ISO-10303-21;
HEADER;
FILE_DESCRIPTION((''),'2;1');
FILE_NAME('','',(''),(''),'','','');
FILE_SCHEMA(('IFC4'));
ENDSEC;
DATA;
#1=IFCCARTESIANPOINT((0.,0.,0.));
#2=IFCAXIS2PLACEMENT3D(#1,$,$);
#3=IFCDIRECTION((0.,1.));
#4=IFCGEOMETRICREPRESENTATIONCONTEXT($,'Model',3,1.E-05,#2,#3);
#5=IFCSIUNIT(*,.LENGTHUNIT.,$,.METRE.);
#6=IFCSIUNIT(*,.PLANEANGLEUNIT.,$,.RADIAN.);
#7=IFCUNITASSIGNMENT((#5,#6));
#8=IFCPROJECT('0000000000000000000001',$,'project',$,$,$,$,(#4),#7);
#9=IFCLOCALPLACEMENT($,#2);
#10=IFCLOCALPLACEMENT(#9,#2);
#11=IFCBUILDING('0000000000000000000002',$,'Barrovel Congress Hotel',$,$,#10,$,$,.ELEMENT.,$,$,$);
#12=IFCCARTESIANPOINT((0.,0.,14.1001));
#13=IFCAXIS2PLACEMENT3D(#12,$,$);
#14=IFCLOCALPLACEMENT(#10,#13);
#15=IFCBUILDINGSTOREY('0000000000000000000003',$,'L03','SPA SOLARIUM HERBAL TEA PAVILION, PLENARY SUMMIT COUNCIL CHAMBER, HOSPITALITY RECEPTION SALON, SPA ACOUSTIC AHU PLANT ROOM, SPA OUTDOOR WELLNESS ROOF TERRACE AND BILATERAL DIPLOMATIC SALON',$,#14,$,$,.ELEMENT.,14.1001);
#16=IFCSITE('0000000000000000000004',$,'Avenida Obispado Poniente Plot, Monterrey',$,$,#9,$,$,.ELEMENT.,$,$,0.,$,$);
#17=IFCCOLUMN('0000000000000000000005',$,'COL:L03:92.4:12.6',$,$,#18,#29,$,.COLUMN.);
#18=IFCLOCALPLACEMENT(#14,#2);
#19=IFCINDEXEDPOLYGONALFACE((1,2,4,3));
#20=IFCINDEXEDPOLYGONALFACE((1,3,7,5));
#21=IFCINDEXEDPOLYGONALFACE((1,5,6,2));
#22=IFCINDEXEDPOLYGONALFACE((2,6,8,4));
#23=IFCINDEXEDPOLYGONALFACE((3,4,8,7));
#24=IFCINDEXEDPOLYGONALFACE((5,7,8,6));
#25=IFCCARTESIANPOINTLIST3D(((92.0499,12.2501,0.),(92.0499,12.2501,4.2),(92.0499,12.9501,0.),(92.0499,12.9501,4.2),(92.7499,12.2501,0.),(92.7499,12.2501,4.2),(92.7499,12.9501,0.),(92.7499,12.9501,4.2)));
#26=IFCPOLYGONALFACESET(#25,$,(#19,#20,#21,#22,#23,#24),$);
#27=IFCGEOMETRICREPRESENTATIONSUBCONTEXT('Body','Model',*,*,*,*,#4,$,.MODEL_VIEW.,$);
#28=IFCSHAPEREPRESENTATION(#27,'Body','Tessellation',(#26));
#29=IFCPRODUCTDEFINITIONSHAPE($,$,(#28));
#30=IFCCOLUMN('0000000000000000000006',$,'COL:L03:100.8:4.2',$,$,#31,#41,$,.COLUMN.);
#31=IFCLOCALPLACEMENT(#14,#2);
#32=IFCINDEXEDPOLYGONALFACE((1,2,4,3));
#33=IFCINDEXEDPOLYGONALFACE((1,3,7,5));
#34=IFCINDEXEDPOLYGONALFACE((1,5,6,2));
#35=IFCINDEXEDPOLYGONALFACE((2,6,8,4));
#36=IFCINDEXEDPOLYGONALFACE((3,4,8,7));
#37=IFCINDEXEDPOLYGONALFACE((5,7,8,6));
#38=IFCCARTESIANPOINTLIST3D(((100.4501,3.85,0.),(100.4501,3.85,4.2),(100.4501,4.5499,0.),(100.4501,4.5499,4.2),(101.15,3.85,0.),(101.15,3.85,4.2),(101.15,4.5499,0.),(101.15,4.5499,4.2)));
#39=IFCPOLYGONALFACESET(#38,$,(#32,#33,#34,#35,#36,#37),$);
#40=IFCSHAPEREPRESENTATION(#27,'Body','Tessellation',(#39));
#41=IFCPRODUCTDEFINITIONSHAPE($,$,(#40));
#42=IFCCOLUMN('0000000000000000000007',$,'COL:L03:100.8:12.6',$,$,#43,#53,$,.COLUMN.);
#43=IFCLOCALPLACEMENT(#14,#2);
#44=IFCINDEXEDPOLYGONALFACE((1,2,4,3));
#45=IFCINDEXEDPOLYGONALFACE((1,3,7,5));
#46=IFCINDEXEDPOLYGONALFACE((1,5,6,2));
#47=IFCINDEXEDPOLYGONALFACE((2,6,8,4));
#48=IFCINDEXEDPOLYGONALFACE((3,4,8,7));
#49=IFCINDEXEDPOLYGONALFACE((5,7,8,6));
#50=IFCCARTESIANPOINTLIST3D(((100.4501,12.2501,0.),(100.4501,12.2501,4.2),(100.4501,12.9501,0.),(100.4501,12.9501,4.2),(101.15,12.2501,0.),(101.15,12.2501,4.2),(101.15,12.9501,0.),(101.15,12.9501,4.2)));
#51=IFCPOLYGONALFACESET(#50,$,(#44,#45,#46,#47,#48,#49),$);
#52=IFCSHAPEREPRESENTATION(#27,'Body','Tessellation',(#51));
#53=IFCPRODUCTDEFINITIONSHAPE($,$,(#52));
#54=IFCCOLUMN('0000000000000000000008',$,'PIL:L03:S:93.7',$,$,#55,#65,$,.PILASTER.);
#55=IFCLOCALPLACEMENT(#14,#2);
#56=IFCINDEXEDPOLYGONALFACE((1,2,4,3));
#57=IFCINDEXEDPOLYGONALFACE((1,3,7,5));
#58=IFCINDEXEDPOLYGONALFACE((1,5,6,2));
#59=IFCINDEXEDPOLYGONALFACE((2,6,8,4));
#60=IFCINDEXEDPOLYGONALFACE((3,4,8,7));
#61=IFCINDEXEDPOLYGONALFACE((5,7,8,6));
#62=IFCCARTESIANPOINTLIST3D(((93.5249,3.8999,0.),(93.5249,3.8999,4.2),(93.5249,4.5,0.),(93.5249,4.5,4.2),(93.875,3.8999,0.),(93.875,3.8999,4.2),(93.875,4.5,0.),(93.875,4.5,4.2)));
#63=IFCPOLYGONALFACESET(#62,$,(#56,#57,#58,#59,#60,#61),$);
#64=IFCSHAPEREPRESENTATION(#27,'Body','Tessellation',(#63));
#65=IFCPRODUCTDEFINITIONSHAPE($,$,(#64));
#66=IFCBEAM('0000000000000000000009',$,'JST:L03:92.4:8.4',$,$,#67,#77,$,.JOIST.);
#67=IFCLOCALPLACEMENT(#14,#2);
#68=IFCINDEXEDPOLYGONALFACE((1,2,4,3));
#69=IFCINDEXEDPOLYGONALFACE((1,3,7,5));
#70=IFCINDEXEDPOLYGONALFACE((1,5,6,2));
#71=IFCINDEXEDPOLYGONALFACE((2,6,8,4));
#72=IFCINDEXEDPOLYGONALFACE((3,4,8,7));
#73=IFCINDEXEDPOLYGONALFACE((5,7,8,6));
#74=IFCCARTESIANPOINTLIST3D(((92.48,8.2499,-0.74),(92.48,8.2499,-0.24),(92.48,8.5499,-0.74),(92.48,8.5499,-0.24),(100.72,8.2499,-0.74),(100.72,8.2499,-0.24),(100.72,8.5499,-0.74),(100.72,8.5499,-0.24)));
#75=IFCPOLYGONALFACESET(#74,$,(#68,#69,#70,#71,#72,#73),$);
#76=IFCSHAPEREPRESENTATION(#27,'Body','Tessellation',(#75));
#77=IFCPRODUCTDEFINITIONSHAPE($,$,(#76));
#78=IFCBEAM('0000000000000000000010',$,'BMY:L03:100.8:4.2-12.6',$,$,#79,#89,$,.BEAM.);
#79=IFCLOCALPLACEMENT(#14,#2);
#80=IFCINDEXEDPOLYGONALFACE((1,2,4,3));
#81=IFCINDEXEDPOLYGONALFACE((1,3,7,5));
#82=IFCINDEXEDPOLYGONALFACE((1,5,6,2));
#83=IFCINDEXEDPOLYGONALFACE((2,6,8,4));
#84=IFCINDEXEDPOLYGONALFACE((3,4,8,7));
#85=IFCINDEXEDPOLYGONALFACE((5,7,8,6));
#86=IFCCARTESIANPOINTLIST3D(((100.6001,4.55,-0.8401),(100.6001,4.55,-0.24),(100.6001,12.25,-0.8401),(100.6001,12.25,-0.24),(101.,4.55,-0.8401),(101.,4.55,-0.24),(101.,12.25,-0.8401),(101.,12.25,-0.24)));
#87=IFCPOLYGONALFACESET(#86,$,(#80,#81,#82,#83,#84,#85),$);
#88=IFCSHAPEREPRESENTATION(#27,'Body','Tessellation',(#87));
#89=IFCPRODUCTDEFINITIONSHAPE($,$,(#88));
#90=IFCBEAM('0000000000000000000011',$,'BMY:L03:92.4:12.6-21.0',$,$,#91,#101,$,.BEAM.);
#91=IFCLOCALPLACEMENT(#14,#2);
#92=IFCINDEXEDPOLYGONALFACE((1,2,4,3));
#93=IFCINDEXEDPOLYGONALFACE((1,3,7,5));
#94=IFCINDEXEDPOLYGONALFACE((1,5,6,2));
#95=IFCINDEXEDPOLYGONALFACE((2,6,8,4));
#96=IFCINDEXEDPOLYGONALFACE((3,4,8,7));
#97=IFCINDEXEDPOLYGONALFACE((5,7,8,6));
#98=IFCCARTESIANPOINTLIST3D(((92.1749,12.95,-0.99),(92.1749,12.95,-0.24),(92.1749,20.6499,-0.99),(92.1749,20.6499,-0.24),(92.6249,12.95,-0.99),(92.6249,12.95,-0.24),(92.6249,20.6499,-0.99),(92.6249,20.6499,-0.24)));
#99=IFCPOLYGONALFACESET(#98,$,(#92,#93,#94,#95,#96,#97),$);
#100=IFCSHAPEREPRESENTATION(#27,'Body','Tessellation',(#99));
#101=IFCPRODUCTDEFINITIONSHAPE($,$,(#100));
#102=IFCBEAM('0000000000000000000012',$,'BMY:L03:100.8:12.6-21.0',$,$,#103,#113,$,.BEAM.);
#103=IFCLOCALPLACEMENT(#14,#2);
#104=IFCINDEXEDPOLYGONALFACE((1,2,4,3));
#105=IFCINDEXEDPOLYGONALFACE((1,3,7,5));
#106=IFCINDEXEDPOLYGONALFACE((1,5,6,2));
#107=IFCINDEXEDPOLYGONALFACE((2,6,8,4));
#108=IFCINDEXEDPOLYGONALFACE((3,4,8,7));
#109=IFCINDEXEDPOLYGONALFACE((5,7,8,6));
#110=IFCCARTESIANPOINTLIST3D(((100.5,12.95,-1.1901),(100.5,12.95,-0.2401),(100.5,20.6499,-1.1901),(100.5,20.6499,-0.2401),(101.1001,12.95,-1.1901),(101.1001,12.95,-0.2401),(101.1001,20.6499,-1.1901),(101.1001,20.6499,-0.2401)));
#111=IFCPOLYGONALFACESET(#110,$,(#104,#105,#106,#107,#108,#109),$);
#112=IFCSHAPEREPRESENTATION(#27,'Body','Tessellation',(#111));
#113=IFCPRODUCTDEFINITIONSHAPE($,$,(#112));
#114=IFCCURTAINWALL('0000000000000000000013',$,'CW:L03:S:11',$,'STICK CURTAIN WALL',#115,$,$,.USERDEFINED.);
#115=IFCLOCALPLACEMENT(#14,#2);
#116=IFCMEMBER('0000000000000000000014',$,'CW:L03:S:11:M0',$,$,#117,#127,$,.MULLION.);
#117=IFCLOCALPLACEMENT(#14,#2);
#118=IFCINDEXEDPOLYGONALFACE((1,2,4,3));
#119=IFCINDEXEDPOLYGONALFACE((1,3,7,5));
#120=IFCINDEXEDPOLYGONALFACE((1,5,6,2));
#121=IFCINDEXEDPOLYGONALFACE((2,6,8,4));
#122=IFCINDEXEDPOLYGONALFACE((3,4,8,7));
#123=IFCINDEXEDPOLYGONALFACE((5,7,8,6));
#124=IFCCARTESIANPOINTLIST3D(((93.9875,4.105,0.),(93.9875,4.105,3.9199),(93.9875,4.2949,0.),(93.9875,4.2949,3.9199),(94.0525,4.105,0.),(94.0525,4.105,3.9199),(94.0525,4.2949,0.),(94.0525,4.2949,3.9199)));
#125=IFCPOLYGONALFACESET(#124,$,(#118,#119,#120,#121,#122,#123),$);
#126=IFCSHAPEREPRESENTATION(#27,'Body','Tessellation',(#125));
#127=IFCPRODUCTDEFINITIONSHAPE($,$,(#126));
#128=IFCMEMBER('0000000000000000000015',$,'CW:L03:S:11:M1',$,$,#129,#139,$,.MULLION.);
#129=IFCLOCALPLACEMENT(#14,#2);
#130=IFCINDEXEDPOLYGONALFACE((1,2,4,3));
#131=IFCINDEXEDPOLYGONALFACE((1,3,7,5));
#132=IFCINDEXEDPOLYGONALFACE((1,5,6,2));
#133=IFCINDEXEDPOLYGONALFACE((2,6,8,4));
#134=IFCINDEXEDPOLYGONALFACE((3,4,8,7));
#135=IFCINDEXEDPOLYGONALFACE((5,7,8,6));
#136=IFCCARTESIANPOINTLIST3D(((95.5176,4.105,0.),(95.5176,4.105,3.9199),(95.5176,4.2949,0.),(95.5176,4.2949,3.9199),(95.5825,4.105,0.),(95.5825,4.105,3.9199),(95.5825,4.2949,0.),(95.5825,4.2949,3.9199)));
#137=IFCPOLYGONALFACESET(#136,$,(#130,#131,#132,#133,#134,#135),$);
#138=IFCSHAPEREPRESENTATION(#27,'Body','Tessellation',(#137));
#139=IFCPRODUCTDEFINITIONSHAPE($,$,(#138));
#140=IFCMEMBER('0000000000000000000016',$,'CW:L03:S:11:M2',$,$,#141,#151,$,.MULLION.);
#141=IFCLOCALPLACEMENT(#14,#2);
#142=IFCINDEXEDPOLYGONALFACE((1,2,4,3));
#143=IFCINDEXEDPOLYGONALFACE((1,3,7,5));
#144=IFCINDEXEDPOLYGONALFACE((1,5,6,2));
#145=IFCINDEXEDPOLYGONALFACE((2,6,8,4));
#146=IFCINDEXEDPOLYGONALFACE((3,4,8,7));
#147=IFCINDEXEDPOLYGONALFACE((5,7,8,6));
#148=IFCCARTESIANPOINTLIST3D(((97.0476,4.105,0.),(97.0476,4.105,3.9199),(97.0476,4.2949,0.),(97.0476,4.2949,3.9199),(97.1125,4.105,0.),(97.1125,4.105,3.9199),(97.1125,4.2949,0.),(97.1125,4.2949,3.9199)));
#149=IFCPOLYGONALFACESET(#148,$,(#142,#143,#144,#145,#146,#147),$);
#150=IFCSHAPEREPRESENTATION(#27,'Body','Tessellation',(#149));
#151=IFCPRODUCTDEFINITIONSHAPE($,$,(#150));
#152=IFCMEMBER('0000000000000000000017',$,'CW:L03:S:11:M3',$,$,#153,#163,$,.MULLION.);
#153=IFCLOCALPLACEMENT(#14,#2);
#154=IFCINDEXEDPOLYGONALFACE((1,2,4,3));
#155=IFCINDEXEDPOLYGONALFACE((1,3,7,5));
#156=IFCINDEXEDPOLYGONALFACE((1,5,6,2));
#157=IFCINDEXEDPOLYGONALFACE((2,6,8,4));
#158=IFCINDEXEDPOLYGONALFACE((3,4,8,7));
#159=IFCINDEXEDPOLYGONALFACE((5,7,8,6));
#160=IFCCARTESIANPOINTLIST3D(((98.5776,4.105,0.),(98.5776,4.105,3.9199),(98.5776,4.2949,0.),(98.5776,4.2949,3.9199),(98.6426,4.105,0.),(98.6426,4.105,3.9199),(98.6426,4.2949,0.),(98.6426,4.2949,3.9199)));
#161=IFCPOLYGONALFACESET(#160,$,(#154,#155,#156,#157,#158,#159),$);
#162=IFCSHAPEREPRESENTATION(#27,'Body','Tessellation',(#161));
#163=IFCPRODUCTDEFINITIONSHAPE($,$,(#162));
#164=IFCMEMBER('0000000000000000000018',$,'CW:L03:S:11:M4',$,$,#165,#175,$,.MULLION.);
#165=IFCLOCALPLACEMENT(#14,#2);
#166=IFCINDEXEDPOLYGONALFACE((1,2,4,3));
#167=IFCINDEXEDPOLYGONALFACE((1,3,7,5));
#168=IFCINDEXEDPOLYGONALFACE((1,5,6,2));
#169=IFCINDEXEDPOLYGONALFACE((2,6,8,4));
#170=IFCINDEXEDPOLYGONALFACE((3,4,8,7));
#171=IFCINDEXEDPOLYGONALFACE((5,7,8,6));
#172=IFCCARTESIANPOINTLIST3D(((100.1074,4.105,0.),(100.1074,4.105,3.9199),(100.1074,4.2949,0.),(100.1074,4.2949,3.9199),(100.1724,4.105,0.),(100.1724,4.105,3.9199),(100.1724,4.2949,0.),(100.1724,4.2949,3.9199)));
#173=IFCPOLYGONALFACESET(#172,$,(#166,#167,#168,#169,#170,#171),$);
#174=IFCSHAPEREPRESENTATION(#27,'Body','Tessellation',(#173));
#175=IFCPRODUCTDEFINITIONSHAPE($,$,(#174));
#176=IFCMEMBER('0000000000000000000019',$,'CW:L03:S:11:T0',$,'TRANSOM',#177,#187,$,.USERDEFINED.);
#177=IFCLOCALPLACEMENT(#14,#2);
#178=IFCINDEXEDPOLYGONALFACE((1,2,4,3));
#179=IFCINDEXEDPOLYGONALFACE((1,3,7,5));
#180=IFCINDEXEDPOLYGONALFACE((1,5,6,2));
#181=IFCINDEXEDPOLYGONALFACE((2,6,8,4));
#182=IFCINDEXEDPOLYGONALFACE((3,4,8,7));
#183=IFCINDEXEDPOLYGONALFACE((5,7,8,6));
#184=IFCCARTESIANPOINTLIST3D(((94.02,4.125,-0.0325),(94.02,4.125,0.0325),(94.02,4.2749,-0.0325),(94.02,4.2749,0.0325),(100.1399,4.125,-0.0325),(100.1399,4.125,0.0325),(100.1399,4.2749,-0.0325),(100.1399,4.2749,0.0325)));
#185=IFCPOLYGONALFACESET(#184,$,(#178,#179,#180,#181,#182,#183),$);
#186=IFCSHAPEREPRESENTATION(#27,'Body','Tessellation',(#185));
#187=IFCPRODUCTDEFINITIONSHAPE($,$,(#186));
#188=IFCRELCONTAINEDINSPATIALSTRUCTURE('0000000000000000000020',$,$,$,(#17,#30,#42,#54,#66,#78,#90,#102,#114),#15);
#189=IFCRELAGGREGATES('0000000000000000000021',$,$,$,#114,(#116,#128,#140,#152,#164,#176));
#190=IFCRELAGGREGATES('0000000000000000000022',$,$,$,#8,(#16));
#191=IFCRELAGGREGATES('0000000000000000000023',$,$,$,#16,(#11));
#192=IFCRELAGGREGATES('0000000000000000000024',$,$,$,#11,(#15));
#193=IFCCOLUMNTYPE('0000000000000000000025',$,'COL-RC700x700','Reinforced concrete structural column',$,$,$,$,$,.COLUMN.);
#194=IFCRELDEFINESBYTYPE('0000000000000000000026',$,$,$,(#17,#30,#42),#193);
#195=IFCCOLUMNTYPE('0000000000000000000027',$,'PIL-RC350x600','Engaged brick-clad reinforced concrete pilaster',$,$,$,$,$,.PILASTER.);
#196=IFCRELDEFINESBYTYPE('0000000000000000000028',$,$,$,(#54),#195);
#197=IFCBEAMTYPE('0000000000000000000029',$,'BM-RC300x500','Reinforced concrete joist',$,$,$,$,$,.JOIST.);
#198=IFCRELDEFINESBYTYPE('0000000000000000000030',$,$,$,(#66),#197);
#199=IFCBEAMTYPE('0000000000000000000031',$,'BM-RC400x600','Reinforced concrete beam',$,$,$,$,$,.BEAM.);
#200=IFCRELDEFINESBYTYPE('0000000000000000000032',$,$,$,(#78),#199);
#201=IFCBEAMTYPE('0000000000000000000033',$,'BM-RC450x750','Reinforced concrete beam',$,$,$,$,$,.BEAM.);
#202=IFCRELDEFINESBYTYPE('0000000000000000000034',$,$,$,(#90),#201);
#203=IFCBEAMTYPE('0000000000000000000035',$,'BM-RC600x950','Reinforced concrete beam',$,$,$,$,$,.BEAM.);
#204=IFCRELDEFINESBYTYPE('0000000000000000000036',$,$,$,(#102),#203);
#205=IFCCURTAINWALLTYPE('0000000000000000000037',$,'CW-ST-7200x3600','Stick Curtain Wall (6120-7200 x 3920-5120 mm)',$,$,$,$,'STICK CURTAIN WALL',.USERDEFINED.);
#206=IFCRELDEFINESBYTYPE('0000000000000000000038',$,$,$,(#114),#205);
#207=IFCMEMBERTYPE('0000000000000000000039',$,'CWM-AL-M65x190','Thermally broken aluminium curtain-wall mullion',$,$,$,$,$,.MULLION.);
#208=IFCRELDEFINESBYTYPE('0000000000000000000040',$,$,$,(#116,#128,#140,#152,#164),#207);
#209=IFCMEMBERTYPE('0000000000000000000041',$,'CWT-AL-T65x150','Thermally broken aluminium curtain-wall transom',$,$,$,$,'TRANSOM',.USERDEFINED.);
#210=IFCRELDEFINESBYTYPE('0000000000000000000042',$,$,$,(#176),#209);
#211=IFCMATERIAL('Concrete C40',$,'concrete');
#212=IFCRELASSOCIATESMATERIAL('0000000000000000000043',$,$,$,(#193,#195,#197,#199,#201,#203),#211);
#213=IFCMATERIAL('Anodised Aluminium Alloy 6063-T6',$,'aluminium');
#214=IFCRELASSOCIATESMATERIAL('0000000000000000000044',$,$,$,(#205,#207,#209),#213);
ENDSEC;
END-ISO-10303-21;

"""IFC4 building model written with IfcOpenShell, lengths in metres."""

from ifc_helpers import new_model, si_unit, direction, frame, origin, origin_2d, place, context, subcontext, project, spatial, rectangle, extrude, material, material_profile, profile_set, type_object, element, aggregate, save


model = new_model("IFC4")

# Units and contexts
model_context = context("Model", 3, precision=1e-05, world=origin(), true_north=direction((0.0, 1.0)))
body_context = subcontext(model_context, "Body", "Model", "MODEL_VIEW")
ifc_project = project(units=[si_unit("LENGTHUNIT", "METRE"), si_unit("PLANEANGLEUNIT", "RADIAN")], contexts=[model_context])

# Site, building, storey
site_placement = place(None, origin())
site = spatial("IfcSite", under=ifc_project, at=site_placement, Name="Avenida Obispado Poniente Plot, Monterrey", CompositionType="ELEMENT", RefElevation=0.0)
building_placement = place(site_placement, origin())
building = spatial("IfcBuilding", under=site, at=building_placement, Name="Barrovel Congress Hotel", CompositionType="ELEMENT")
storey_placement = place(building_placement, frame((0.0, 0.0, 14.1001)))
storey = spatial("IfcBuildingStorey", under=building, at=storey_placement, Name="L03", Description="SPA SOLARIUM HERBAL TEA PAVILION, PLENARY SUMMIT COUNCIL CHAMBER, HOSPITALITY RECEPTION SALON, SPA ACOUSTIC AHU PLANT ROOM, SPA OUTDOOR WELLNESS ROOF TERRACE AND BILATERAL DIPLOMATIC SALON", CompositionType="ELEMENT", Elevation=14.1001)

# Columns
ifc_material_1 = material(Name="Concrete C40", Category="concrete")
ifc_material_profile_1 = material_profile(ifc_material_1, rectangle(XDim=0.7, YDim=0.7, at=origin_2d()), Name="RC700x700")
ifc_profile_set_1 = profile_set([ifc_material_profile_1], Name="Concrete C40")
column_type_1 = type_object("IfcColumnType", Name="COL-RC700x700", Description="Reinforced concrete structural column", PredefinedType="COLUMN", material=ifc_profile_set_1)
for number, where, z_axis, x_axis, name in (
    (1, (92.3999, 12.6001, 0.0), (0.0, 0.0, 1.0), (1.0, 0.0, 0.0), "COL:L03:92.4:12.6"),
    (2, (100.8, 4.2, 0.0), (0.0, 0.0, 1.0), (1.0, 0.0, 0.0), "COL:L03:100.8:4.2"),
    (3, (100.8, 12.6001, 0.0), (0.0, 0.0, 1.0), (1.0, 0.0, 0.0), "COL:L03:100.8:12.6"),
):
    element("IfcColumn", number, at=place(storey_placement, frame(where, z_axis=z_axis, x_axis=x_axis)), inside=storey, type_object=column_type_1, Name=name, PredefinedType="COLUMN", context=body_context, shape_type="SweptSolid", body=[
        extrude(rectangle(XDim=0.7, YDim=0.7, at=origin_2d()), origin(), (0.0, 0.0, 1.0), 4.2),
    ])
ifc_material_profile_2 = material_profile(ifc_material_1, rectangle(XDim=0.3501, YDim=0.6001, at=origin_2d()), Name="RC350x600")
ifc_profile_set_2 = profile_set([ifc_material_profile_2], Name="Concrete C40")
column_type_2 = type_object("IfcColumnType", Name="PIL-RC350x600", Description="Engaged brick-clad reinforced concrete pilaster", PredefinedType="PILASTER", material=ifc_profile_set_2)
column_placement = place(storey_placement, frame((93.7, 4.2, 0.0), z_axis=(0.0, 0.0, 1.0), x_axis=(1.0, 0.0, 0.0)))
element("IfcColumn", 4, at=column_placement, inside=storey, type_object=column_type_2, Name="PIL:L03:S:93.7", PredefinedType="PILASTER", context=body_context, shape_type="SweptSolid", body=[
    extrude(rectangle(XDim=0.3501, YDim=0.6001, at=origin_2d()), origin(), (0.0, 0.0, 1.0), 4.2),
])

# Beams
ifc_material_profile_3 = material_profile(ifc_material_1, rectangle(XDim=0.3, YDim=0.5, at=origin_2d()), Name="RC300x500")
ifc_profile_set_3 = profile_set([ifc_material_profile_3], Name="Concrete C40")
beam_type_1 = type_object("IfcBeamType", Name="BM-RC300x500", Description="Reinforced concrete joist", PredefinedType="JOIST", material=ifc_profile_set_3)
beam_1_placement = place(storey_placement, frame((92.48, 8.3999, -0.49), z_axis=(1.0, 0.0, 0.0), x_axis=(0.0, 1.0, 0.0)))
element("IfcBeam", 5, at=beam_1_placement, inside=storey, type_object=beam_type_1, Name="JST:L03:92.4:8.4", PredefinedType="JOIST", context=body_context, shape_type="SweptSolid", body=[
    extrude(rectangle(XDim=0.3, YDim=0.5, at=origin_2d()), origin(), (0.0, 0.0, 1.0), 8.24),
])
ifc_material_profile_4 = material_profile(ifc_material_1, rectangle(XDim=0.3999, YDim=0.6001, at=origin_2d()), Name="RC400x600")
ifc_profile_set_4 = profile_set([ifc_material_profile_4], Name="Concrete C40")
beam_type_2 = type_object("IfcBeamType", Name="BM-RC400x600", Description="Reinforced concrete beam", PredefinedType="BEAM", material=ifc_profile_set_4)
beam_2_placement = place(storey_placement, frame((100.8, 4.55, -0.54), z_axis=(0.0, 1.0, 0.0), x_axis=(-1.0, 0.0, 0.0)))
element("IfcBeam", 6, at=beam_2_placement, inside=storey, type_object=beam_type_2, Name="BMY:L03:100.8:4.2-12.6", PredefinedType="BEAM", context=body_context, shape_type="SweptSolid", body=[
    extrude(rectangle(XDim=0.3999, YDim=0.6001, at=origin_2d()), origin(), (0.0, 0.0, 1.0), 7.7),
])
ifc_material_profile_5 = material_profile(ifc_material_1, rectangle(XDim=0.45, YDim=0.75, at=origin_2d()), Name="RC450x750")
ifc_profile_set_5 = profile_set([ifc_material_profile_5], Name="Concrete C40")
beam_type_3 = type_object("IfcBeamType", Name="BM-RC450x750", Description="Reinforced concrete beam", PredefinedType="BEAM", material=ifc_profile_set_5)
beam_3_placement = place(storey_placement, frame((92.3999, 12.95, -0.615), z_axis=(0.0, 1.0, 0.0), x_axis=(-1.0, 0.0, 0.0)))
element("IfcBeam", 7, at=beam_3_placement, inside=storey, type_object=beam_type_3, Name="BMY:L03:92.4:12.6-21.0", PredefinedType="BEAM", context=body_context, shape_type="SweptSolid", body=[
    extrude(rectangle(XDim=0.45, YDim=0.75, at=origin_2d()), origin(), (0.0, 0.0, 1.0), 7.7),
])
ifc_material_profile_6 = material_profile(ifc_material_1, rectangle(XDim=0.6001, YDim=0.95, at=origin_2d()), Name="RC600x950")
ifc_profile_set_6 = profile_set([ifc_material_profile_6], Name="Concrete C40")
beam_type_4 = type_object("IfcBeamType", Name="BM-RC600x950", Description="Reinforced concrete beam", PredefinedType="BEAM", material=ifc_profile_set_6)
beam_4_placement = place(storey_placement, frame((100.8, 12.95, -0.7151), z_axis=(0.0, 1.0, 0.0), x_axis=(-1.0, 0.0, 0.0)))
element("IfcBeam", 8, at=beam_4_placement, inside=storey, type_object=beam_type_4, Name="BMY:L03:100.8:12.6-21.0", PredefinedType="BEAM", context=body_context, shape_type="SweptSolid", body=[
    extrude(rectangle(XDim=0.6001, YDim=0.95, at=origin_2d()), origin(), (0.0, 0.0, 1.0), 7.7),
])

# Curtain wall, members
ifc_material_2 = material(Name="Anodised Aluminium Alloy 6063-T6", Category="aluminium")
curtain_wall_type = type_object("IfcCurtainWallType", Name="CW-ST-7200x3600", Description="Stick Curtain Wall (6120-7200 x 3920-5120 mm)", ElementType="STICK CURTAIN WALL", PredefinedType="USERDEFINED", material=ifc_material_2)
curtain_wall_placement = place(storey_placement, origin())
curtain_wall = element("IfcCurtainWall", 9, at=curtain_wall_placement, inside=storey, type_object=curtain_wall_type, Name="CW:L03:S:11", ObjectType="STICK CURTAIN WALL", PredefinedType="USERDEFINED")
ifc_material_profile_7 = material_profile(ifc_material_2, rectangle(XDim=0.0649, YDim=0.1899, at=origin_2d()), Name="AL-M65x190")
ifc_profile_set_7 = profile_set([ifc_material_profile_7], Name="Anodised Aluminium Alloy 6063-T6")
member_type_1 = type_object("IfcMemberType", Name="CWM-AL-M65x190", Description="Thermally broken aluminium curtain-wall mullion", PredefinedType="MULLION", material=ifc_profile_set_7)
member_1_placement = place(storey_placement, frame((94.02, 4.2, 0.0), z_axis=(0.0, 0.0, 1.0), x_axis=(1.0, 0.0, 0.0)))
member_1 = element("IfcMember", 10, at=member_1_placement, type_object=member_type_1, Name="CW:L03:S:11:M0", PredefinedType="MULLION", context=body_context, shape_type="SweptSolid", body=[
    extrude(rectangle(XDim=0.0649, YDim=0.1899, at=origin_2d()), origin(), (0.0, 0.0, 1.0), 3.9199),
])
member_2_placement = place(storey_placement, frame((95.55, 4.2, 0.0), z_axis=(0.0, 0.0, 1.0), x_axis=(1.0, 0.0, 0.0)))
member_2 = element("IfcMember", 11, at=member_2_placement, type_object=member_type_1, Name="CW:L03:S:11:M1", PredefinedType="MULLION", context=body_context, shape_type="SweptSolid", body=[
    extrude(rectangle(XDim=0.0649, YDim=0.1899, at=origin_2d()), origin(), (0.0, 0.0, 1.0), 3.9199),
])
member_3_placement = place(storey_placement, frame((97.0801, 4.2, 0.0), z_axis=(0.0, 0.0, 1.0), x_axis=(1.0, 0.0, 0.0)))
member_3 = element("IfcMember", 12, at=member_3_placement, type_object=member_type_1, Name="CW:L03:S:11:M2", PredefinedType="MULLION", context=body_context, shape_type="SweptSolid", body=[
    extrude(rectangle(XDim=0.0649, YDim=0.1899, at=origin_2d()), origin(), (0.0, 0.0, 1.0), 3.9199),
])
member_4_placement = place(storey_placement, frame((98.6101, 4.2, 0.0), z_axis=(0.0, 0.0, 1.0), x_axis=(1.0, 0.0, 0.0)))
member_4 = element("IfcMember", 13, at=member_4_placement, type_object=member_type_1, Name="CW:L03:S:11:M3", PredefinedType="MULLION", context=body_context, shape_type="SweptSolid", body=[
    extrude(rectangle(XDim=0.0649, YDim=0.1899, at=origin_2d()), origin(), (0.0, 0.0, 1.0), 3.9199),
])
member_5_placement = place(storey_placement, frame((100.1399, 4.2, 0.0), z_axis=(0.0, 0.0, 1.0), x_axis=(1.0, 0.0, 0.0)))
member_5 = element("IfcMember", 14, at=member_5_placement, type_object=member_type_1, Name="CW:L03:S:11:M4", PredefinedType="MULLION", context=body_context, shape_type="SweptSolid", body=[
    extrude(rectangle(XDim=0.0649, YDim=0.1899, at=origin_2d()), origin(), (0.0, 0.0, 1.0), 3.9199),
])
ifc_material_profile_8 = material_profile(ifc_material_2, rectangle(XDim=0.1499, YDim=0.0649, at=origin_2d()), Name="AL-T65x150")
ifc_profile_set_8 = profile_set([ifc_material_profile_8], Name="Anodised Aluminium Alloy 6063-T6")
member_type_2 = type_object("IfcMemberType", Name="CWT-AL-T65x150", Description="Thermally broken aluminium curtain-wall transom", ElementType="TRANSOM", PredefinedType="USERDEFINED", material=ifc_profile_set_8)
member_6_placement = place(storey_placement, frame((94.02, 4.2, 0.0), z_axis=(1.0, 0.0, 0.0), x_axis=(0.0, 1.0, 0.0)))
member_6 = element("IfcMember", 15, at=member_6_placement, type_object=member_type_2, Name="CW:L03:S:11:T0", ObjectType="TRANSOM", PredefinedType="USERDEFINED", context=body_context, shape_type="SweptSolid", body=[
    extrude(rectangle(XDim=0.1499, YDim=0.0649, at=origin_2d()), origin(), (0.0, 0.0, 1.0), 6.1199),
])

aggregate(curtain_wall, [member_1, member_2, member_3, member_4, member_5, member_6])

save(model, "model.ifc")
